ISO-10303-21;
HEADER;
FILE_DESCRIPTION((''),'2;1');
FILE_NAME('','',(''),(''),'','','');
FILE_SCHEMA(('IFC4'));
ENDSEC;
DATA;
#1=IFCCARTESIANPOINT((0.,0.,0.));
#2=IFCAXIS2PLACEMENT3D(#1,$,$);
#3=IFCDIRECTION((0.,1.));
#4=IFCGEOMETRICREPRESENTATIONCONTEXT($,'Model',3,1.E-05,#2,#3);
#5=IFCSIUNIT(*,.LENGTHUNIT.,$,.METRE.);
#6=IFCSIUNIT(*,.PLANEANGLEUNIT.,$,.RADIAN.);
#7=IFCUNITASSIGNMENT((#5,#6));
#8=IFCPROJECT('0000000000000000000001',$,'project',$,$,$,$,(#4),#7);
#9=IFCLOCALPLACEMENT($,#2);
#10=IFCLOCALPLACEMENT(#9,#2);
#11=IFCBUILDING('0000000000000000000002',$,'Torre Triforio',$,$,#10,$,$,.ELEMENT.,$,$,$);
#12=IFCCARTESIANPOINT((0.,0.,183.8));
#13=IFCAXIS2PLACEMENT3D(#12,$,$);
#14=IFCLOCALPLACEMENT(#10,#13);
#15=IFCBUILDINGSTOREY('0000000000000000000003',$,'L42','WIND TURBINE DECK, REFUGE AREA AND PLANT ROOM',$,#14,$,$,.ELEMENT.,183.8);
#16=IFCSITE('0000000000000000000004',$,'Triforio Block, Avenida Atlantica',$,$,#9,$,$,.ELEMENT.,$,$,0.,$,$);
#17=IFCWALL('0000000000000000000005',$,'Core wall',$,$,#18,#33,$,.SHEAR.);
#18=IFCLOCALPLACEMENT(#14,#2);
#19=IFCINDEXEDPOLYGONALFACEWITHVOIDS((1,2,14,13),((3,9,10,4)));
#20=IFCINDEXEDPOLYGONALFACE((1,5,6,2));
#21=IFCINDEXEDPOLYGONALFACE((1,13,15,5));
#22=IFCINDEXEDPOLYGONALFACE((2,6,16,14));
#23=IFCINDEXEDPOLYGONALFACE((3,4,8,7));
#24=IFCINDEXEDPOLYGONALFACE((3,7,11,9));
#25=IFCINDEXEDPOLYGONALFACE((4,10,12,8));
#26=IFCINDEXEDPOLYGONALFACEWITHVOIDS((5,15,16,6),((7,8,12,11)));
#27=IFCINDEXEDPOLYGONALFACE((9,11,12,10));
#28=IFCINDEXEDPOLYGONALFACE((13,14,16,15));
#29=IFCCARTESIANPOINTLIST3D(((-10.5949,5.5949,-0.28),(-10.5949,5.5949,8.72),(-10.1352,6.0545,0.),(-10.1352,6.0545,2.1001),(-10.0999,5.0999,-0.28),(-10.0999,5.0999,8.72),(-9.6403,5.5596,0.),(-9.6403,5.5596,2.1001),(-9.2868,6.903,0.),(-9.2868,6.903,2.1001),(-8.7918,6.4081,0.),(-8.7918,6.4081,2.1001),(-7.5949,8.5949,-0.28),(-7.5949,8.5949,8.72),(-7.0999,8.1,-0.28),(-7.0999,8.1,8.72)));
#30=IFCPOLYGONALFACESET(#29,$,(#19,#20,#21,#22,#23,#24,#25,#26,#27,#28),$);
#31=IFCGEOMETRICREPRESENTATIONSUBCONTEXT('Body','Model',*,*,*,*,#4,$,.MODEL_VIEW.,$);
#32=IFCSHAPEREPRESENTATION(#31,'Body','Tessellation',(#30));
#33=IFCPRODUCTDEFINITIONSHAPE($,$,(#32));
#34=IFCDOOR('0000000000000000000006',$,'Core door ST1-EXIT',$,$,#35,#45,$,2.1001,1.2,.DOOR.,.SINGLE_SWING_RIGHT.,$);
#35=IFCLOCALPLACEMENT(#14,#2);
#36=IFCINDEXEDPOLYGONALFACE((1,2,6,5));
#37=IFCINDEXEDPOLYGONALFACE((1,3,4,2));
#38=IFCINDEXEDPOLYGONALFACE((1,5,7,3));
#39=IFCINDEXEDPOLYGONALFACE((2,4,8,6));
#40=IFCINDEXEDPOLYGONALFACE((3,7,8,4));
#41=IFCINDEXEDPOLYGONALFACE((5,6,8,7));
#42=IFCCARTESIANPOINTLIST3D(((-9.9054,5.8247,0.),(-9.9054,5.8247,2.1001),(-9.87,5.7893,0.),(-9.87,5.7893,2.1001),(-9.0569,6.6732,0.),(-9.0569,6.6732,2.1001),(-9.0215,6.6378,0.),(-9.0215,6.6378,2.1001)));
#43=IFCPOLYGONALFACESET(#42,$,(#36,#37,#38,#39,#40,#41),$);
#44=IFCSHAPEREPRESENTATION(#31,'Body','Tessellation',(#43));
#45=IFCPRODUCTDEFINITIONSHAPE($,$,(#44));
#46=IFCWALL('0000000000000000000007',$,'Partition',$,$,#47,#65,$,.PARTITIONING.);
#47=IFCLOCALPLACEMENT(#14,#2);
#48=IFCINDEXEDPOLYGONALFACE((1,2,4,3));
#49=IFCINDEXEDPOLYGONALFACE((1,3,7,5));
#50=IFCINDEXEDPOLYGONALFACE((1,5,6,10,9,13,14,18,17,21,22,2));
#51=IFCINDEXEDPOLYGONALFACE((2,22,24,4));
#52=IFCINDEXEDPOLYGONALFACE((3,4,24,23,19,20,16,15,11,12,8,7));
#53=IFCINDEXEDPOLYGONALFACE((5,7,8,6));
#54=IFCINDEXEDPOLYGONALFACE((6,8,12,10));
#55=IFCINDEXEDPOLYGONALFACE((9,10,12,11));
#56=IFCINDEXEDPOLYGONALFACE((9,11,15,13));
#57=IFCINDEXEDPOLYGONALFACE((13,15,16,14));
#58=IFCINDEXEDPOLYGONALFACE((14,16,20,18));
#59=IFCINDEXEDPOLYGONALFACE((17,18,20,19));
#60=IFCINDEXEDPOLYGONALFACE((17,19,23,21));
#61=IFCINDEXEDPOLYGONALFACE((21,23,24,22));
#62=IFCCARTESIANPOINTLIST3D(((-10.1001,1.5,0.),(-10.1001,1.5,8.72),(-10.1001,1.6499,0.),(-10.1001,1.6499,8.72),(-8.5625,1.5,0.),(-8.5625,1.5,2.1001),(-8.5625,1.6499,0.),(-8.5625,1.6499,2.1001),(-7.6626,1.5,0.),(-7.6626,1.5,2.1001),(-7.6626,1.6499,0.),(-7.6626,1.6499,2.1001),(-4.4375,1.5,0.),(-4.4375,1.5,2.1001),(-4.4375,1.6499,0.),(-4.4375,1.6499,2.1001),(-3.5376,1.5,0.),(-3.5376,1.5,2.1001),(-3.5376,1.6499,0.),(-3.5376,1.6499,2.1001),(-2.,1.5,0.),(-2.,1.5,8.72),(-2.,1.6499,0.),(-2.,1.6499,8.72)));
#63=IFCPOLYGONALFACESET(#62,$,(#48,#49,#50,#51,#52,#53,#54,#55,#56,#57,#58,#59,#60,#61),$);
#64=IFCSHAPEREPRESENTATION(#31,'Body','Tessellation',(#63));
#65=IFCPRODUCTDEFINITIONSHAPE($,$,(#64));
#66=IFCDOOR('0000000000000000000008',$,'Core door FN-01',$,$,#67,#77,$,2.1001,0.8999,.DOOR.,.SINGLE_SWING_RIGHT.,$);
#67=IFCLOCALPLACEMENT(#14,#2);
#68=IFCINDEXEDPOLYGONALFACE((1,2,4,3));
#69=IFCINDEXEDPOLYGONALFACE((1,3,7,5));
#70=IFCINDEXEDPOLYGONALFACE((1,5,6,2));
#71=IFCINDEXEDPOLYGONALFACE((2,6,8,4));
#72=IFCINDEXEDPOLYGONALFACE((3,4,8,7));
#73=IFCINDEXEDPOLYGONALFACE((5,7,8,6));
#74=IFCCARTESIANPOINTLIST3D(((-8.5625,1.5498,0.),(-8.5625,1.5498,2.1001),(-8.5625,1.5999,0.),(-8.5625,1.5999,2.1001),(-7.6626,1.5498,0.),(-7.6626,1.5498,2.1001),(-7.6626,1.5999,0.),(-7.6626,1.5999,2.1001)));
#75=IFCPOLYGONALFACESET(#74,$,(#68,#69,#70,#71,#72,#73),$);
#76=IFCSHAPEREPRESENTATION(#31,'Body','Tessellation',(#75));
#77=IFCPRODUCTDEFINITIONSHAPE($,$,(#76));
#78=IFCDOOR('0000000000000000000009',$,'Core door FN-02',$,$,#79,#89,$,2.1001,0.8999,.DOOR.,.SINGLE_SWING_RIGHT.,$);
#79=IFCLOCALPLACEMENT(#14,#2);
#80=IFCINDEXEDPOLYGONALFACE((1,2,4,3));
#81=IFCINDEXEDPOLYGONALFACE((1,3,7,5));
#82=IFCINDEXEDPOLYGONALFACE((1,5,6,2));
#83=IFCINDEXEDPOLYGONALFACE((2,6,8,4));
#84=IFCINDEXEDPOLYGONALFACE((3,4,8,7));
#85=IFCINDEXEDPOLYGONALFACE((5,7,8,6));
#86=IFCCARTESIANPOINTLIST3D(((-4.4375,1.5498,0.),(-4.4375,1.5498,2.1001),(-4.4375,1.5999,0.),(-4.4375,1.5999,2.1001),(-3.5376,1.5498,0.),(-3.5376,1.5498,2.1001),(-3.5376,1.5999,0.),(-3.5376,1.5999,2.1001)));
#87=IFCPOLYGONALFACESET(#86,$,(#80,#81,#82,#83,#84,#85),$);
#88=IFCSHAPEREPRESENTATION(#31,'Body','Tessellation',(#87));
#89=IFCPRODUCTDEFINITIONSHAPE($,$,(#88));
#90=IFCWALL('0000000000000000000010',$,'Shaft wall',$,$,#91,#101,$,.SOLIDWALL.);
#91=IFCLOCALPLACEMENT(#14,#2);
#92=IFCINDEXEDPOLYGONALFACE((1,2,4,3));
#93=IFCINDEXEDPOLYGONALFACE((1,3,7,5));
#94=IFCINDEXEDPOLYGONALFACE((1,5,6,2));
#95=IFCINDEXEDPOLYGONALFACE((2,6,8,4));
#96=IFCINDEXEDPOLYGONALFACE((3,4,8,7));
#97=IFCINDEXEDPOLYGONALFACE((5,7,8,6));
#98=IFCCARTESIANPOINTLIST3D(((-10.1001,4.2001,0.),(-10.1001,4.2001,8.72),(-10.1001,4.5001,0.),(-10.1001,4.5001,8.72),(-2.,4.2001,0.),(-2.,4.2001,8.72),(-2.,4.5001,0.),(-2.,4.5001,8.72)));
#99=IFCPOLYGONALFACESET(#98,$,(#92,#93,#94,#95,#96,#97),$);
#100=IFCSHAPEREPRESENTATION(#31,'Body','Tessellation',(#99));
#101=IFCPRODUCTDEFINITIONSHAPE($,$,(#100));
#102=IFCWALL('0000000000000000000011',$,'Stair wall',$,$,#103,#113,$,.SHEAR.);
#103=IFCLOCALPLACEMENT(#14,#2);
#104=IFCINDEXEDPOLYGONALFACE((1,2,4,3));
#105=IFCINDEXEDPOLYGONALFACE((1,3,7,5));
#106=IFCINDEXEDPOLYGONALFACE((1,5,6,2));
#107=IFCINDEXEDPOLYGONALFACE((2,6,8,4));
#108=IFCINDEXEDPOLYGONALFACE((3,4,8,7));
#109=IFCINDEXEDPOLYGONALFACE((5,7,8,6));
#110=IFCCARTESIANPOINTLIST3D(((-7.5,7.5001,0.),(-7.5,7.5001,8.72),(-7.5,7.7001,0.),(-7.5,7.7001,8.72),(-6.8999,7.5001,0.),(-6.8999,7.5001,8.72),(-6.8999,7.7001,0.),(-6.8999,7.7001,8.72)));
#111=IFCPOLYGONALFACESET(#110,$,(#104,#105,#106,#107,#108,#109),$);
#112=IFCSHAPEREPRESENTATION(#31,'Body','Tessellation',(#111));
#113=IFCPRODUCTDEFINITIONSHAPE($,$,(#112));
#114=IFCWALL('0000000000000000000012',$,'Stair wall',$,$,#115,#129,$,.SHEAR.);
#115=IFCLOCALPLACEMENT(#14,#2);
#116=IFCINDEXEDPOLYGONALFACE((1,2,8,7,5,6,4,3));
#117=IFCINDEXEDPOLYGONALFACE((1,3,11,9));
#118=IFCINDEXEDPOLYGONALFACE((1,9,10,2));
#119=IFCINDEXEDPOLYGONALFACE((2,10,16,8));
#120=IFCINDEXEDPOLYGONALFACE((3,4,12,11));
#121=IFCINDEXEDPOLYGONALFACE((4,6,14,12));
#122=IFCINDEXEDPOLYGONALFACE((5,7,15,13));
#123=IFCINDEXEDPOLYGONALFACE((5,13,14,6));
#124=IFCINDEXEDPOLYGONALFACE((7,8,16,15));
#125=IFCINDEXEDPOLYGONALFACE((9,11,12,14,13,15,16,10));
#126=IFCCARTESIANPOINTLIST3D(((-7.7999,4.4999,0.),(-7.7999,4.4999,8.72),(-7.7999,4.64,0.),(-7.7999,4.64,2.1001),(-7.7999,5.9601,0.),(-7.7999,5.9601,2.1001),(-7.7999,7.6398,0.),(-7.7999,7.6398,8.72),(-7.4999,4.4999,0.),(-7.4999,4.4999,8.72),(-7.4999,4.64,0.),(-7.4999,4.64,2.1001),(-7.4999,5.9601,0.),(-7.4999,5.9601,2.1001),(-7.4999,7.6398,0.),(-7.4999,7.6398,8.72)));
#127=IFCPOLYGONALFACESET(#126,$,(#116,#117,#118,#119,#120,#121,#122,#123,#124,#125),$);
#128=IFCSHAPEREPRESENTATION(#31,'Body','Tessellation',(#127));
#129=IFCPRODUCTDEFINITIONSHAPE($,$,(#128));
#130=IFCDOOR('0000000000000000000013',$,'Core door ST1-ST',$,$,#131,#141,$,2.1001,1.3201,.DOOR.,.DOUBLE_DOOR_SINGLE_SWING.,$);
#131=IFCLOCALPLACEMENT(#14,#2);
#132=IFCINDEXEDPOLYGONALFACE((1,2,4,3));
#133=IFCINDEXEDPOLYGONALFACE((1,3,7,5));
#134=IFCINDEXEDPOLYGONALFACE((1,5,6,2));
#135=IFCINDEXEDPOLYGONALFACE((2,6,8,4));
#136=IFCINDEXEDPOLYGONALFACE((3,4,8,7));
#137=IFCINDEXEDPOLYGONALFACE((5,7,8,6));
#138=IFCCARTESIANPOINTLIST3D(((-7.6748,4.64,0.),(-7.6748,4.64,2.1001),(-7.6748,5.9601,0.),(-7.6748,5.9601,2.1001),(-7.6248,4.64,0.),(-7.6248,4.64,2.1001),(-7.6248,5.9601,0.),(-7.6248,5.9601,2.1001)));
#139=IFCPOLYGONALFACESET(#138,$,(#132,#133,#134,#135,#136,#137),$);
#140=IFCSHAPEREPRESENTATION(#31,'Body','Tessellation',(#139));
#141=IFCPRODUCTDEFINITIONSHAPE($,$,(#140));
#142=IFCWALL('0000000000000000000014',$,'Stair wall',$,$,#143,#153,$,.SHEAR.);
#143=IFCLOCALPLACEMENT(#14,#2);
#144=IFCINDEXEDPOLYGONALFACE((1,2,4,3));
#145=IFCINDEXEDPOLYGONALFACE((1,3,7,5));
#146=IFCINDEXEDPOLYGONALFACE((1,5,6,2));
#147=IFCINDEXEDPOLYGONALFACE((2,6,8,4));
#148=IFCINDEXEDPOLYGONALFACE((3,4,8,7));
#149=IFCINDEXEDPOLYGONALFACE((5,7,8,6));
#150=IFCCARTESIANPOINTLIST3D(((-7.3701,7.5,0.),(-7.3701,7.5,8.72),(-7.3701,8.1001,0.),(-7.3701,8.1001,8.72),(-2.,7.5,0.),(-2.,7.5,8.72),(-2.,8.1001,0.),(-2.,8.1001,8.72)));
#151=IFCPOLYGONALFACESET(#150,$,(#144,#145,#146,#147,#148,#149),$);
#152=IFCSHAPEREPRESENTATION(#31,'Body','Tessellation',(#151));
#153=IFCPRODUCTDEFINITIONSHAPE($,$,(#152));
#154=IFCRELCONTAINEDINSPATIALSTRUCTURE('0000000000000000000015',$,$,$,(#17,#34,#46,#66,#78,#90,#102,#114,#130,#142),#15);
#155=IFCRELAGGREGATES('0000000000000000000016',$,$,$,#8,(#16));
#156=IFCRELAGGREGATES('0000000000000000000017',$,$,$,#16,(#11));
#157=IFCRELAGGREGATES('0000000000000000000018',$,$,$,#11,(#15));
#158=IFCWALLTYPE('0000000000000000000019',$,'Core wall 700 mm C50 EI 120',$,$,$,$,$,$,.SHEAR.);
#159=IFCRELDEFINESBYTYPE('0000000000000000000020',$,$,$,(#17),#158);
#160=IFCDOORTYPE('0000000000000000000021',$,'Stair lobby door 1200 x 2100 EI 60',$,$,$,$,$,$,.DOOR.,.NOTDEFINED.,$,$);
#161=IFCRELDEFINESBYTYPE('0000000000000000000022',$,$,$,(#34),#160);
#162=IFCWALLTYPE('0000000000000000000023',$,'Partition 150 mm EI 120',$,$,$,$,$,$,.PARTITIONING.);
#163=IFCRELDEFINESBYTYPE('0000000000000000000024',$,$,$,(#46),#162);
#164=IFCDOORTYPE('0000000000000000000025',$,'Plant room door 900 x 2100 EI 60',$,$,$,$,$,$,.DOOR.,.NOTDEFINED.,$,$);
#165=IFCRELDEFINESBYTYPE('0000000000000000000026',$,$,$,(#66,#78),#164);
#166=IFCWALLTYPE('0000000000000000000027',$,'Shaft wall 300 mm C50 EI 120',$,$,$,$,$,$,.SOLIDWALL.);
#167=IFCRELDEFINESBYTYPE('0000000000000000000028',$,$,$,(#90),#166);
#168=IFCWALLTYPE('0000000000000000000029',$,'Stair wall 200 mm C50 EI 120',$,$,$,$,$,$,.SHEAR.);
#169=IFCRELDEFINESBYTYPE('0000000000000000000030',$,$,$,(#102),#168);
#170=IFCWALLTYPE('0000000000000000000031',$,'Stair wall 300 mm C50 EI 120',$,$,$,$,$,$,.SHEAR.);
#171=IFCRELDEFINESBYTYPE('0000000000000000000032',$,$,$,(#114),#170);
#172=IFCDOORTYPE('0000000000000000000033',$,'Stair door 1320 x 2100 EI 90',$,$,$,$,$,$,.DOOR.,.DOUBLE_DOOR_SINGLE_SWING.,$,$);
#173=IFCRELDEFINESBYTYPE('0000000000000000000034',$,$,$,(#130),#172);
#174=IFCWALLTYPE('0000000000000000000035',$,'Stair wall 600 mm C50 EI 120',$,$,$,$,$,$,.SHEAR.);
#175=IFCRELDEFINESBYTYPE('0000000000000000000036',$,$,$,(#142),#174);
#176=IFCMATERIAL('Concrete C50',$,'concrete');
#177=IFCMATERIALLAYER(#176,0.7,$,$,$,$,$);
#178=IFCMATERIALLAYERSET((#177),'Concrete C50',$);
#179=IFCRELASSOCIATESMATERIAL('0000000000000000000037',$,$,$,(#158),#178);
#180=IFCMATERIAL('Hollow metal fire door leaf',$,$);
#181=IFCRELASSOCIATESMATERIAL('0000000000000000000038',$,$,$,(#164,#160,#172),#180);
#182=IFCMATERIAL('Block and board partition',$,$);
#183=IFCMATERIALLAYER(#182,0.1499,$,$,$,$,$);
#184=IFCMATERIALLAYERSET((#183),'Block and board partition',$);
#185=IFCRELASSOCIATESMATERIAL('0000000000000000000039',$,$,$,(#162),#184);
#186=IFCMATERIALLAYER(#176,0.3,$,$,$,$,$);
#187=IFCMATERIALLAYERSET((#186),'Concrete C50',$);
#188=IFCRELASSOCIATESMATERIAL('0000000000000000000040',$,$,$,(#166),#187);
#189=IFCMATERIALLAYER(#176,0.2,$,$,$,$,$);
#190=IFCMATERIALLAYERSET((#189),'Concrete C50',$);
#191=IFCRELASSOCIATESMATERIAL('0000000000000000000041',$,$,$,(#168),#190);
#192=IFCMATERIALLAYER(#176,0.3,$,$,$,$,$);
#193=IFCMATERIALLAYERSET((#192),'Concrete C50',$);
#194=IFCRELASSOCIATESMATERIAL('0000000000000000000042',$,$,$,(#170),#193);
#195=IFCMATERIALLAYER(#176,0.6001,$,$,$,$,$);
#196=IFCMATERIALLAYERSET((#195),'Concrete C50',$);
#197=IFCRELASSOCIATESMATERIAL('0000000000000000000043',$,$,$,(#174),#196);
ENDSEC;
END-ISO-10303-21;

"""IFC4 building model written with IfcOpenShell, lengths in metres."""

from ifc_helpers import new_model, si_unit, direction, frame, frame_2d, origin, place, context, subcontext, project, spatial, rectangle, extrude, material, layer, layer_set, type_object, element, fill, save


model = new_model("IFC4")

# Units and contexts
model_context = context("Model", 3, precision=1e-05, world=origin(), true_north=direction((0.0, 1.0)))
body_context = subcontext(model_context, "Body", "Model", "MODEL_VIEW")
ifc_project = project(units=[si_unit("LENGTHUNIT", "METRE"), si_unit("PLANEANGLEUNIT", "RADIAN")], contexts=[model_context])

# Site, building, storey
site_placement = place(None, origin())
site = spatial("IfcSite", under=ifc_project, at=site_placement, Name="Triforio Block, Avenida Atlantica", CompositionType="ELEMENT", RefElevation=0.0)
building_placement = place(site_placement, origin())
building = spatial("IfcBuilding", under=site, at=building_placement, Name="Torre Triforio", CompositionType="ELEMENT")
storey_placement = place(building_placement, frame((0.0, 0.0, 183.8)))
storey = spatial("IfcBuildingStorey", under=building, at=storey_placement, Name="L42", Description="WIND TURBINE DECK, REFUGE AREA AND PLANT ROOM", CompositionType="ELEMENT", Elevation=183.8)

# Shared definitions
ifc_material_1 = material(Name="Concrete C50", Category="concrete")
ifc_layer_1 = layer(ifc_material_1, 0.7)
ifc_layer_set_1 = layer_set([ifc_layer_1], Name="Concrete C50")
wall_type_1 = type_object("IfcWallType", Name="Core wall 700 mm C50 EI 120", PredefinedType="SHEAR", material=ifc_layer_set_1)
ifc_material_2 = material(Name="Hollow metal fire door leaf")
door_type_1 = type_object("IfcDoorType", Name="Plant room door 900 x 2100 EI 60", OperationType="NOTDEFINED", PredefinedType="DOOR", material=ifc_material_2)

# Wall, opening, door
wall_1_placement = place(storey_placement, frame((-10.3474, 5.3474, -0.28), z_axis=(0.0, 0.0, 1.0), x_axis=(0.707107, 0.707107, 0.0)))
wall_1 = element("IfcWall", 1, at=wall_1_placement, inside=storey, type_object=wall_type_1, Name="Core wall", PredefinedType="SHEAR", context=body_context, shape_type="SweptSolid", body=[
    extrude(rectangle(XDim=4.2427, YDim=0.7, at=frame_2d((2.1213, 0.0))), origin(), (0.0, 0.0, 1.0), 9.0),
])
opening_1_placement = place(wall_1_placement, frame((0.6499, 0.0, 0.28)))
opening_1 = element("IfcOpeningElement", 2, at=opening_1_placement, cuts=wall_1, PredefinedType="OPENING", context=body_context, shape_type="SweptSolid", body=[
    extrude(rectangle(XDim=1.2, YDim=2.1001, at=frame_2d((0.6001, 1.05))), frame((0.0, 0.3599, 0.0), z_axis=(0.0, -1.0, 0.0), x_axis=(1.0, 0.0, 0.0)), (0.0, 0.0, 1.0), 0.72),
])
door_type_2 = type_object("IfcDoorType", Name="Stair lobby door 1200 x 2100 EI 60", OperationType="NOTDEFINED", PredefinedType="DOOR", material=ifc_material_2)
door_1_placement = place(opening_1_placement, origin())
door_1 = element("IfcDoor", 3, at=door_1_placement, inside=storey, type_object=door_type_2, Name="Core door ST1-EXIT", OperationType="SINGLE_SWING_RIGHT", OverallHeight=2.1001, OverallWidth=1.2, PredefinedType="DOOR", context=body_context, shape_type="SweptSolid", body=[
    extrude(rectangle(XDim=1.2, YDim=2.1001, at=frame_2d((0.6001, 1.05))), frame((0.0, 0.0249, 0.0), z_axis=(0.0, -1.0, 0.0), x_axis=(1.0, 0.0, 0.0)), (0.0, 0.0, 1.0), 0.05),
])
fill(opening_1, door_1)

# Wall, openings, doors
ifc_material_3 = material(Name="Block and board partition")
ifc_layer_2 = layer(ifc_material_3, 0.1499)
ifc_layer_set_2 = layer_set([ifc_layer_2], Name="Block and board partition")
wall_type_2 = type_object("IfcWallType", Name="Partition 150 mm EI 120", PredefinedType="PARTITIONING", material=ifc_layer_set_2)
wall_2_placement = place(storey_placement, frame((-10.1001, 1.575, 0.0), z_axis=(0.0, 0.0, 1.0), x_axis=(1.0, 0.0, 0.0)))
wall_2 = element("IfcWall", 4, at=wall_2_placement, inside=storey, type_object=wall_type_2, Name="Partition", PredefinedType="PARTITIONING", context=body_context, shape_type="SweptSolid", body=[
    extrude(rectangle(XDim=8.1001, YDim=0.1499, at=frame_2d((4.05, 0.0))), origin(), (0.0, 0.0, 1.0), 8.72),
])
opening_2_placement = place(wall_2_placement, frame((1.5376, 0.0, 0.0)))
opening_2 = element("IfcOpeningElement", 5, at=opening_2_placement, cuts=wall_2, PredefinedType="OPENING", context=body_context, shape_type="SweptSolid", body=[
    extrude(rectangle(XDim=0.8999, YDim=2.1001, at=frame_2d((0.45, 1.05))), frame((0.0, 0.085, 0.0), z_axis=(0.0, -1.0, 0.0), x_axis=(1.0, 0.0, 0.0)), (0.0, 0.0, 1.0), 0.1699),
])
opening_3_placement = place(wall_2_placement, frame((5.6626, 0.0, 0.0)))
opening_3 = element("IfcOpeningElement", 6, at=opening_3_placement, cuts=wall_2, PredefinedType="OPENING", context=body_context, shape_type="SweptSolid", body=[
    extrude(rectangle(XDim=0.8999, YDim=2.1001, at=frame_2d((0.45, 1.05))), frame((0.0, 0.085, 0.0), z_axis=(0.0, -1.0, 0.0), x_axis=(1.0, 0.0, 0.0)), (0.0, 0.0, 1.0), 0.1699),
])
door_2_placement = place(opening_2_placement, origin())
door_2 = element("IfcDoor", 7, at=door_2_placement, inside=storey, type_object=door_type_1, Name="Core door FN-01", OperationType="SINGLE_SWING_RIGHT", OverallHeight=2.1001, OverallWidth=0.8999, PredefinedType="DOOR", context=body_context, shape_type="SweptSolid", body=[
    extrude(rectangle(XDim=0.8999, YDim=2.1001, at=frame_2d((0.45, 1.05))), frame((0.0, 0.0249, 0.0), z_axis=(0.0, -1.0, 0.0), x_axis=(1.0, 0.0, 0.0)), (0.0, 0.0, 1.0), 0.05),
])
fill(opening_2, door_2)
door_3_placement = place(opening_3_placement, origin())
door_3 = element("IfcDoor", 8, at=door_3_placement, inside=storey, type_object=door_type_1, Name="Core door FN-02", OperationType="SINGLE_SWING_RIGHT", OverallHeight=2.1001, OverallWidth=0.8999, PredefinedType="DOOR", context=body_context, shape_type="SweptSolid", body=[
    extrude(rectangle(XDim=0.8999, YDim=2.1001, at=frame_2d((0.45, 1.05))), frame((0.0, 0.0249, 0.0), z_axis=(0.0, -1.0, 0.0), x_axis=(1.0, 0.0, 0.0)), (0.0, 0.0, 1.0), 0.05),
])
fill(opening_3, door_3)

# Walls
ifc_layer_3 = layer(ifc_material_1, 0.3)
ifc_layer_set_3 = layer_set([ifc_layer_3], Name="Concrete C50")
wall_type_3 = type_object("IfcWallType", Name="Shaft wall 300 mm C50 EI 120", PredefinedType="SOLIDWALL", material=ifc_layer_set_3)
wall_3_placement = place(storey_placement, frame((-10.1001, 4.3501, 0.0), z_axis=(0.0, 0.0, 1.0), x_axis=(1.0, 0.0, 0.0)))
element("IfcWall", 9, at=wall_3_placement, inside=storey, type_object=wall_type_3, Name="Shaft wall", PredefinedType="SOLIDWALL", context=body_context, shape_type="SweptSolid", body=[
    extrude(rectangle(XDim=8.1001, YDim=0.3, at=frame_2d((4.05, 0.0))), origin(), (0.0, 0.0, 1.0), 8.72),
])
ifc_layer_4 = layer(ifc_material_1, 0.2)
ifc_layer_set_4 = layer_set([ifc_layer_4], Name="Concrete C50")
wall_type_4 = type_object("IfcWallType", Name="Stair wall 200 mm C50 EI 120", PredefinedType="SHEAR", material=ifc_layer_set_4)
wall_4_placement = place(storey_placement, frame((-7.5, 7.6001, 0.0), z_axis=(0.0, 0.0, 1.0), x_axis=(1.0, 0.0, 0.0)))
element("IfcWall", 10, at=wall_4_placement, inside=storey, type_object=wall_type_4, Name="Stair wall", PredefinedType="SHEAR", context=body_context, shape_type="SweptSolid", body=[
    extrude(rectangle(XDim=0.6001, YDim=0.2, at=frame_2d((0.3, 0.0))), origin(), (0.0, 0.0, 1.0), 8.72),
])

# Wall, opening, door
ifc_layer_5 = layer(ifc_material_1, 0.3)
ifc_layer_set_5 = layer_set([ifc_layer_5], Name="Concrete C50")
wall_type_5 = type_object("IfcWallType", Name="Stair wall 300 mm C50 EI 120", PredefinedType="SHEAR", material=ifc_layer_set_5)
wall_5_placement = place(storey_placement, frame((-7.6499, 4.5, 0.0), z_axis=(0.0, 0.0, 1.0), x_axis=(0.0, 1.0, 0.0)))
wall_5 = element("IfcWall", 11, at=wall_5_placement, inside=storey, type_object=wall_type_5, Name="Stair wall", PredefinedType="SHEAR", context=body_context, shape_type="SweptSolid", body=[
    extrude(rectangle(XDim=3.1399, YDim=0.3, at=frame_2d((1.5698, 0.0))), origin(), (0.0, 0.0, 1.0), 8.72),
])
opening_4_placement = place(wall_5_placement, frame((0.1399, 0.0, 0.0)))
opening_4 = element("IfcOpeningElement", 12, at=opening_4_placement, cuts=wall_5, PredefinedType="OPENING", context=body_context, shape_type="SweptSolid", body=[
    extrude(rectangle(XDim=1.3201, YDim=2.1001, at=frame_2d((0.6602, 1.05))), frame((0.0, 0.1599, 0.0), z_axis=(0.0, -1.0, 0.0), x_axis=(1.0, 0.0, 0.0)), (0.0, 0.0, 1.0), 0.3201),
])
door_type_3 = type_object("IfcDoorType", Name="Stair door 1320 x 2100 EI 90", OperationType="DOUBLE_DOOR_SINGLE_SWING", PredefinedType="DOOR", material=ifc_material_2)
door_4_placement = place(opening_4_placement, origin())
door_4 = element("IfcDoor", 13, at=door_4_placement, inside=storey, type_object=door_type_3, Name="Core door ST1-ST", OperationType="DOUBLE_DOOR_SINGLE_SWING", OverallHeight=2.1001, OverallWidth=1.3201, PredefinedType="DOOR", context=body_context, shape_type="SweptSolid", body=[
    extrude(rectangle(XDim=1.3201, YDim=2.1001, at=frame_2d((0.6602, 1.05))), frame((0.0, 0.0249, 0.0), z_axis=(0.0, -1.0, 0.0), x_axis=(1.0, 0.0, 0.0)), (0.0, 0.0, 1.0), 0.05),
])
fill(opening_4, door_4)

# Wall
ifc_layer_6 = layer(ifc_material_1, 0.6001)
ifc_layer_set_6 = layer_set([ifc_layer_6], Name="Concrete C50")
wall_type_6 = type_object("IfcWallType", Name="Stair wall 600 mm C50 EI 120", PredefinedType="SHEAR", material=ifc_layer_set_6)
wall_6_placement = place(storey_placement, frame((-7.3701, 7.8, 0.0), z_axis=(0.0, 0.0, 1.0), x_axis=(1.0, 0.0, 0.0)))
element("IfcWall", 14, at=wall_6_placement, inside=storey, type_object=wall_type_6, Name="Stair wall", PredefinedType="SHEAR", context=body_context, shape_type="SweptSolid", body=[
    extrude(rectangle(XDim=5.3701, YDim=0.6001, at=frame_2d((2.6851, 0.0))), origin(), (0.0, 0.0, 1.0), 8.72),
])

save(model, "model.ifc")
